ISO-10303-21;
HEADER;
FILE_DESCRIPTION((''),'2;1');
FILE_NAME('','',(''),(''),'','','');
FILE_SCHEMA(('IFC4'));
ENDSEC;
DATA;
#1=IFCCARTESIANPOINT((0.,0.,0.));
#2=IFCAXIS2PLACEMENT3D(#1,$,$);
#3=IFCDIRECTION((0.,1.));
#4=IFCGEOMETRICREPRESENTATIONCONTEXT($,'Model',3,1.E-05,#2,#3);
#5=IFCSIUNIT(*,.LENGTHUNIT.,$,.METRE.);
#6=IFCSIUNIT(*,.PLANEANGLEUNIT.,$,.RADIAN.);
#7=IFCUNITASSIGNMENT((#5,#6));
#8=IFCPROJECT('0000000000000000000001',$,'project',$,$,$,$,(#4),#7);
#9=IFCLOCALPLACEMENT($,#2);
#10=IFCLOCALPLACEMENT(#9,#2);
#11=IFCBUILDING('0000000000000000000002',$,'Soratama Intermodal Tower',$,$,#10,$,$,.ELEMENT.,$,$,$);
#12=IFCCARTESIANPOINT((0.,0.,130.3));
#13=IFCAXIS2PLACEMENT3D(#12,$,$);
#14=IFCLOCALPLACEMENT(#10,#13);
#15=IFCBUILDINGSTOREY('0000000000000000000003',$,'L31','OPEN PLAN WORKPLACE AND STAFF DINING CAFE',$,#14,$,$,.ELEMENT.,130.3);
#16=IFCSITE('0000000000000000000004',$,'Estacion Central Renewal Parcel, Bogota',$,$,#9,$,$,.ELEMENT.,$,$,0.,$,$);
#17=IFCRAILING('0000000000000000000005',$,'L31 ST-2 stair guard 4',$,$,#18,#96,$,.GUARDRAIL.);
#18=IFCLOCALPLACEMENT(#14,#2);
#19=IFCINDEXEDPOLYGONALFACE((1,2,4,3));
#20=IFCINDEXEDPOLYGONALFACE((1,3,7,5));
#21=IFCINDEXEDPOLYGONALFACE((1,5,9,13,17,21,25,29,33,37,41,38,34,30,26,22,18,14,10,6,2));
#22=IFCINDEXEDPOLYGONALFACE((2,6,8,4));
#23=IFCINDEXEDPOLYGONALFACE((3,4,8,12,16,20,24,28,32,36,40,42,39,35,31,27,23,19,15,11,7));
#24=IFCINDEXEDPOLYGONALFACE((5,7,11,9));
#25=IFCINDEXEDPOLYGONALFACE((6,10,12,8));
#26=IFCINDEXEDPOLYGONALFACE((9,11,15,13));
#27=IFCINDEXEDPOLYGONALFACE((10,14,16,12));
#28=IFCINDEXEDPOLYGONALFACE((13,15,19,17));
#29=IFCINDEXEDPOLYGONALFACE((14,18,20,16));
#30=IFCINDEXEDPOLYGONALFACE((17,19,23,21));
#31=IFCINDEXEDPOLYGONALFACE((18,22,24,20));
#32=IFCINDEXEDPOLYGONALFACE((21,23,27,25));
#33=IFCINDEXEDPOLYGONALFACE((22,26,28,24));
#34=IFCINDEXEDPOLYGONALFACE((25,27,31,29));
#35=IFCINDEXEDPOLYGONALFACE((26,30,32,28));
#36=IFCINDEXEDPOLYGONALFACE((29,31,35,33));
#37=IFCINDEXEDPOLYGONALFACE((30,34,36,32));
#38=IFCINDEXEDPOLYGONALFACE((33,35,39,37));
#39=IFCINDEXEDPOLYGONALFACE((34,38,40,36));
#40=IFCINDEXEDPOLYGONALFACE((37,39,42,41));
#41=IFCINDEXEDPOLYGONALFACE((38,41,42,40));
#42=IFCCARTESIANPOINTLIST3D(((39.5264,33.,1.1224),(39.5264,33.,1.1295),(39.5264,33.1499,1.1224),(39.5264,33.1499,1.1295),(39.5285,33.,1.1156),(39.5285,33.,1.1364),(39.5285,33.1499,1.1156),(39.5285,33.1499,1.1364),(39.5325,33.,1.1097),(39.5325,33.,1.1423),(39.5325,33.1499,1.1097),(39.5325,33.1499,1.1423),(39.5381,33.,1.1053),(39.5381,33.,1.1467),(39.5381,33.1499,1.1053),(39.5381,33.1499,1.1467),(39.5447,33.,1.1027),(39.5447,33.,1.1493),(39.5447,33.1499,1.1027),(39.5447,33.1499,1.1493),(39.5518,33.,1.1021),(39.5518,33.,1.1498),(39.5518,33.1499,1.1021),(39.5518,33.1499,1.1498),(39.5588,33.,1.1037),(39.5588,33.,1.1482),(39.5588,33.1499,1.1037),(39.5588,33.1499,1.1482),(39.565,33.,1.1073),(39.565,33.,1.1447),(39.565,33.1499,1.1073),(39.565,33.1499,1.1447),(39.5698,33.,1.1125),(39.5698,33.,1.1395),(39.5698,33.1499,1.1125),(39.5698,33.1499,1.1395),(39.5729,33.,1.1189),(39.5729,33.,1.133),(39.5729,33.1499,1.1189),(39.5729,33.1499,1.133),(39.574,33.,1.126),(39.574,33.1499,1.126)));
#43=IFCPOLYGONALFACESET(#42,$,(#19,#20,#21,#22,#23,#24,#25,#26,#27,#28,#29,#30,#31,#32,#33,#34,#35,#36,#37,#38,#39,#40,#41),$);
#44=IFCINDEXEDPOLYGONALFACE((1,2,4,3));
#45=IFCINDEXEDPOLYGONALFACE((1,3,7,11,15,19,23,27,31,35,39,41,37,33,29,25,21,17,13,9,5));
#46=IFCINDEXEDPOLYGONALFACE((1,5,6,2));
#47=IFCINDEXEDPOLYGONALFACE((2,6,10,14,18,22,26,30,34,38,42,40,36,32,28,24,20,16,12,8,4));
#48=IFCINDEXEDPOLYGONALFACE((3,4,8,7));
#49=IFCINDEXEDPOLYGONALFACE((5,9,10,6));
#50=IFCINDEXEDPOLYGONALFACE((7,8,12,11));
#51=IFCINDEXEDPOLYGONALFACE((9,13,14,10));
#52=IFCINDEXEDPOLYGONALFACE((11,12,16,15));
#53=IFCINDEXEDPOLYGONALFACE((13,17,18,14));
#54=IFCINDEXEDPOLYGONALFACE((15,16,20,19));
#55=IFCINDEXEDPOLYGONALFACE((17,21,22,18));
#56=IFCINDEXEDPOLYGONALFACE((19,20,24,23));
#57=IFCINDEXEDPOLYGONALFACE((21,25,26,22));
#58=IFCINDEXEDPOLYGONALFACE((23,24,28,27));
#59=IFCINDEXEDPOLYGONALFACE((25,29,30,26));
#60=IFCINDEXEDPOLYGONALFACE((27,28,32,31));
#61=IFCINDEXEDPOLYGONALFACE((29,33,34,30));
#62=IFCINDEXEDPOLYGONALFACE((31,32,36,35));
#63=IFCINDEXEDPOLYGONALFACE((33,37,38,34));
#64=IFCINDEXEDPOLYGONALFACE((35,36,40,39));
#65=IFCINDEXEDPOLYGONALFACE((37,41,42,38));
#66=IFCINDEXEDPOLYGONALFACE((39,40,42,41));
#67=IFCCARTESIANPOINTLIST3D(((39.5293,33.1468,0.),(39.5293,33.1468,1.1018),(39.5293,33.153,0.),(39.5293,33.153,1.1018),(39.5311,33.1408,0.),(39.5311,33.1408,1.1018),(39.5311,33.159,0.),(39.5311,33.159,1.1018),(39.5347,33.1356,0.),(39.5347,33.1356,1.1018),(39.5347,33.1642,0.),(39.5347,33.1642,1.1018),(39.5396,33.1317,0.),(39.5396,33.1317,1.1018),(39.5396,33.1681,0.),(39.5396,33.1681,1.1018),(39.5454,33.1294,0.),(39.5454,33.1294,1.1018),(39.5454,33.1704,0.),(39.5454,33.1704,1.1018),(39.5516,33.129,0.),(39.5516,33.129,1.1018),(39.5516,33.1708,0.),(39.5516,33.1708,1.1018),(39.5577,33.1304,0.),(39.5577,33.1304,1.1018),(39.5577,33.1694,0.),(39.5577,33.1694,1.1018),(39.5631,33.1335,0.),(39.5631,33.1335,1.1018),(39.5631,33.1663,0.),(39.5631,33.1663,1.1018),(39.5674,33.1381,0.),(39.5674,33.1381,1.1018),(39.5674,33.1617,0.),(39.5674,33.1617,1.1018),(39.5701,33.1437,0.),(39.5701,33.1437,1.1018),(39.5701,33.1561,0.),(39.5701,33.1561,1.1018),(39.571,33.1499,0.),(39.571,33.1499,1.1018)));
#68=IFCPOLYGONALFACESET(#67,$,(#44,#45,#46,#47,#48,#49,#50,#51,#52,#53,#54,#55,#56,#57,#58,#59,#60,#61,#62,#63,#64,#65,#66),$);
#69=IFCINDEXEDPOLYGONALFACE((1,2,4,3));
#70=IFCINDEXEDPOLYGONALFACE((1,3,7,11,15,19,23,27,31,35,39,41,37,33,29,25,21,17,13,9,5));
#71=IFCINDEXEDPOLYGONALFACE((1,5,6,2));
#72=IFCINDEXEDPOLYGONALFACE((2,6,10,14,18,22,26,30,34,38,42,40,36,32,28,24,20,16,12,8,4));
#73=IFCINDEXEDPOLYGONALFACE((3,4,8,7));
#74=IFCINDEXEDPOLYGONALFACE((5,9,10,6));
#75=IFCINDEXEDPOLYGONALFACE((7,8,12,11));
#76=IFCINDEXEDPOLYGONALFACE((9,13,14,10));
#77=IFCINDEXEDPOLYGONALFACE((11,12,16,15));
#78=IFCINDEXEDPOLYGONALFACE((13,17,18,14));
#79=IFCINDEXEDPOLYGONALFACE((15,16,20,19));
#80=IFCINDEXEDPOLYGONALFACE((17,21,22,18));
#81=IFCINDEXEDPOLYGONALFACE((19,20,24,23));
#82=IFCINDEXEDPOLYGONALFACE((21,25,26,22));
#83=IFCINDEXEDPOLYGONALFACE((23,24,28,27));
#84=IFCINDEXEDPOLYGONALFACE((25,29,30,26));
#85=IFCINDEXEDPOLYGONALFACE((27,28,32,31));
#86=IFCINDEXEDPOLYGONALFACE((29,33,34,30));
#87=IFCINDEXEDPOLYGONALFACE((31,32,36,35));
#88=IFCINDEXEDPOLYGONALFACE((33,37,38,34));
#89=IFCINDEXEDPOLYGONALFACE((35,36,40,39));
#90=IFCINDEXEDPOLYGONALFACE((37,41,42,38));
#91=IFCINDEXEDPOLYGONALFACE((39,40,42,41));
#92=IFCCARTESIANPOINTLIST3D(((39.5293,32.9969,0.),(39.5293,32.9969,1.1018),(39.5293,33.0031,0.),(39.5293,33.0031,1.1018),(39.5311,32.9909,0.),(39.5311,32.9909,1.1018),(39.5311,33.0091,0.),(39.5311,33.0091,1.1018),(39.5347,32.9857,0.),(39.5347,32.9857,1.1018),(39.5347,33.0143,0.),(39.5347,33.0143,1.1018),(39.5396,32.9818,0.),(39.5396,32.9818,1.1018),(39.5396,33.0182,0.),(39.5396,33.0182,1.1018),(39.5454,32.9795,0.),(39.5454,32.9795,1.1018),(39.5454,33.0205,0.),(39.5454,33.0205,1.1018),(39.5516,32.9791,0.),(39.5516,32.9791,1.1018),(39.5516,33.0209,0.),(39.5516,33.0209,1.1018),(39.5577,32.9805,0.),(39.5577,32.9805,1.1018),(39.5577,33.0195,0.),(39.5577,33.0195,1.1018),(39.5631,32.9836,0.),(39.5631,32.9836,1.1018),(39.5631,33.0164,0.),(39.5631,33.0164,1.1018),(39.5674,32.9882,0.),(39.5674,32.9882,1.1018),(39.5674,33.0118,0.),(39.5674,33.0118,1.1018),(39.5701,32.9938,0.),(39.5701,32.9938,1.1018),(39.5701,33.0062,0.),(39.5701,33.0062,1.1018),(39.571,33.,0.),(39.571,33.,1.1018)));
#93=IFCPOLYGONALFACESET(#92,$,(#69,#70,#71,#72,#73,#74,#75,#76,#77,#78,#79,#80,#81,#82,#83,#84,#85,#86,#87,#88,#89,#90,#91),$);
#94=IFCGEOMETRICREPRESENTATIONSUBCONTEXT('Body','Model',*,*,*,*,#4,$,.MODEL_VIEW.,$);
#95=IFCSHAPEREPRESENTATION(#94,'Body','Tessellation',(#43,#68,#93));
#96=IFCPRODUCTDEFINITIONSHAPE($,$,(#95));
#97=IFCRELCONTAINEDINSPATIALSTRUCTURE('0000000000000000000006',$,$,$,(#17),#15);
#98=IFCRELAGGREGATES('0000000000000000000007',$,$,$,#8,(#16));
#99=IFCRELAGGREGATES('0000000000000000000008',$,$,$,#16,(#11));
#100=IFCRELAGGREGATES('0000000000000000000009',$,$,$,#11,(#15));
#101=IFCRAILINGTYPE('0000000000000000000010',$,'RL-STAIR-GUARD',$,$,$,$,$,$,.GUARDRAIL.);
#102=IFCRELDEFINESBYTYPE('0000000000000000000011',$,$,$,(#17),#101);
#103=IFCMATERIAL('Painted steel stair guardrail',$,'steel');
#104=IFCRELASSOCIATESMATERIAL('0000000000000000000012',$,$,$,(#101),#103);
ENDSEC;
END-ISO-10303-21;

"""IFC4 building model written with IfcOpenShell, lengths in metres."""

from ifc_helpers import new_model, si_unit, direction, frame, origin, origin_2d, place, context, subcontext, project, spatial, circle, extrude, material, type_object, element, save


model = new_model("IFC4")

# Units and contexts
model_context = context("Model", 3, precision=1e-05, world=origin(), true_north=direction((0.0, 1.0)))
body_context = subcontext(model_context, "Body", "Model", "MODEL_VIEW")
ifc_project = project(units=[si_unit("LENGTHUNIT", "METRE"), si_unit("PLANEANGLEUNIT", "RADIAN")], contexts=[model_context])

# Site, building, storey
site_placement = place(None, origin())
site = spatial("IfcSite", under=ifc_project, at=site_placement, Name="Estacion Central Renewal Parcel, Bogota", CompositionType="ELEMENT", RefElevation=0.0)
building_placement = place(site_placement, origin())
building = spatial("IfcBuilding", under=site, at=building_placement, Name="Soratama Intermodal Tower", CompositionType="ELEMENT")
storey_placement = place(building_placement, frame((0.0, 0.0, 130.3)))
storey = spatial("IfcBuildingStorey", under=building, at=storey_placement, Name="L31", Description="OPEN PLAN WORKPLACE AND STAFF DINING CAFE", CompositionType="ELEMENT", Elevation=130.3)

# Railing
ifc_material_1 = material(Name="Painted steel stair guardrail", Category="steel")
railing_type = type_object("IfcRailingType", Name="RL-STAIR-GUARD", PredefinedType="GUARDRAIL", material=ifc_material_1)
railing_placement = place(storey_placement, frame((39.55, 33.1499, 0.0)))
element("IfcRailing", 1, at=railing_placement, inside=storey, type_object=railing_type, Name="L31 ST-2 stair guard 4", PredefinedType="GUARDRAIL", context=body_context, shape_type="SweptSolid", body=[
    extrude(circle(Radius=0.0239, at=origin_2d()), frame((0.0, 0.0, 1.126), z_axis=(0.0, -1.0, 0.0), x_axis=(1.0, 0.0, 0.0)), (0.0, 0.0, 1.0), 0.1499),
    extrude(circle(Radius=0.021, at=origin_2d()), origin(), (0.0, 0.0, 1.0), 1.1018),
    extrude(circle(Radius=0.021, at=origin_2d()), frame((0.0, -0.1499, 0.0)), (0.0, 0.0, 1.0), 1.1018),
])

save(model, "model.ifc")
